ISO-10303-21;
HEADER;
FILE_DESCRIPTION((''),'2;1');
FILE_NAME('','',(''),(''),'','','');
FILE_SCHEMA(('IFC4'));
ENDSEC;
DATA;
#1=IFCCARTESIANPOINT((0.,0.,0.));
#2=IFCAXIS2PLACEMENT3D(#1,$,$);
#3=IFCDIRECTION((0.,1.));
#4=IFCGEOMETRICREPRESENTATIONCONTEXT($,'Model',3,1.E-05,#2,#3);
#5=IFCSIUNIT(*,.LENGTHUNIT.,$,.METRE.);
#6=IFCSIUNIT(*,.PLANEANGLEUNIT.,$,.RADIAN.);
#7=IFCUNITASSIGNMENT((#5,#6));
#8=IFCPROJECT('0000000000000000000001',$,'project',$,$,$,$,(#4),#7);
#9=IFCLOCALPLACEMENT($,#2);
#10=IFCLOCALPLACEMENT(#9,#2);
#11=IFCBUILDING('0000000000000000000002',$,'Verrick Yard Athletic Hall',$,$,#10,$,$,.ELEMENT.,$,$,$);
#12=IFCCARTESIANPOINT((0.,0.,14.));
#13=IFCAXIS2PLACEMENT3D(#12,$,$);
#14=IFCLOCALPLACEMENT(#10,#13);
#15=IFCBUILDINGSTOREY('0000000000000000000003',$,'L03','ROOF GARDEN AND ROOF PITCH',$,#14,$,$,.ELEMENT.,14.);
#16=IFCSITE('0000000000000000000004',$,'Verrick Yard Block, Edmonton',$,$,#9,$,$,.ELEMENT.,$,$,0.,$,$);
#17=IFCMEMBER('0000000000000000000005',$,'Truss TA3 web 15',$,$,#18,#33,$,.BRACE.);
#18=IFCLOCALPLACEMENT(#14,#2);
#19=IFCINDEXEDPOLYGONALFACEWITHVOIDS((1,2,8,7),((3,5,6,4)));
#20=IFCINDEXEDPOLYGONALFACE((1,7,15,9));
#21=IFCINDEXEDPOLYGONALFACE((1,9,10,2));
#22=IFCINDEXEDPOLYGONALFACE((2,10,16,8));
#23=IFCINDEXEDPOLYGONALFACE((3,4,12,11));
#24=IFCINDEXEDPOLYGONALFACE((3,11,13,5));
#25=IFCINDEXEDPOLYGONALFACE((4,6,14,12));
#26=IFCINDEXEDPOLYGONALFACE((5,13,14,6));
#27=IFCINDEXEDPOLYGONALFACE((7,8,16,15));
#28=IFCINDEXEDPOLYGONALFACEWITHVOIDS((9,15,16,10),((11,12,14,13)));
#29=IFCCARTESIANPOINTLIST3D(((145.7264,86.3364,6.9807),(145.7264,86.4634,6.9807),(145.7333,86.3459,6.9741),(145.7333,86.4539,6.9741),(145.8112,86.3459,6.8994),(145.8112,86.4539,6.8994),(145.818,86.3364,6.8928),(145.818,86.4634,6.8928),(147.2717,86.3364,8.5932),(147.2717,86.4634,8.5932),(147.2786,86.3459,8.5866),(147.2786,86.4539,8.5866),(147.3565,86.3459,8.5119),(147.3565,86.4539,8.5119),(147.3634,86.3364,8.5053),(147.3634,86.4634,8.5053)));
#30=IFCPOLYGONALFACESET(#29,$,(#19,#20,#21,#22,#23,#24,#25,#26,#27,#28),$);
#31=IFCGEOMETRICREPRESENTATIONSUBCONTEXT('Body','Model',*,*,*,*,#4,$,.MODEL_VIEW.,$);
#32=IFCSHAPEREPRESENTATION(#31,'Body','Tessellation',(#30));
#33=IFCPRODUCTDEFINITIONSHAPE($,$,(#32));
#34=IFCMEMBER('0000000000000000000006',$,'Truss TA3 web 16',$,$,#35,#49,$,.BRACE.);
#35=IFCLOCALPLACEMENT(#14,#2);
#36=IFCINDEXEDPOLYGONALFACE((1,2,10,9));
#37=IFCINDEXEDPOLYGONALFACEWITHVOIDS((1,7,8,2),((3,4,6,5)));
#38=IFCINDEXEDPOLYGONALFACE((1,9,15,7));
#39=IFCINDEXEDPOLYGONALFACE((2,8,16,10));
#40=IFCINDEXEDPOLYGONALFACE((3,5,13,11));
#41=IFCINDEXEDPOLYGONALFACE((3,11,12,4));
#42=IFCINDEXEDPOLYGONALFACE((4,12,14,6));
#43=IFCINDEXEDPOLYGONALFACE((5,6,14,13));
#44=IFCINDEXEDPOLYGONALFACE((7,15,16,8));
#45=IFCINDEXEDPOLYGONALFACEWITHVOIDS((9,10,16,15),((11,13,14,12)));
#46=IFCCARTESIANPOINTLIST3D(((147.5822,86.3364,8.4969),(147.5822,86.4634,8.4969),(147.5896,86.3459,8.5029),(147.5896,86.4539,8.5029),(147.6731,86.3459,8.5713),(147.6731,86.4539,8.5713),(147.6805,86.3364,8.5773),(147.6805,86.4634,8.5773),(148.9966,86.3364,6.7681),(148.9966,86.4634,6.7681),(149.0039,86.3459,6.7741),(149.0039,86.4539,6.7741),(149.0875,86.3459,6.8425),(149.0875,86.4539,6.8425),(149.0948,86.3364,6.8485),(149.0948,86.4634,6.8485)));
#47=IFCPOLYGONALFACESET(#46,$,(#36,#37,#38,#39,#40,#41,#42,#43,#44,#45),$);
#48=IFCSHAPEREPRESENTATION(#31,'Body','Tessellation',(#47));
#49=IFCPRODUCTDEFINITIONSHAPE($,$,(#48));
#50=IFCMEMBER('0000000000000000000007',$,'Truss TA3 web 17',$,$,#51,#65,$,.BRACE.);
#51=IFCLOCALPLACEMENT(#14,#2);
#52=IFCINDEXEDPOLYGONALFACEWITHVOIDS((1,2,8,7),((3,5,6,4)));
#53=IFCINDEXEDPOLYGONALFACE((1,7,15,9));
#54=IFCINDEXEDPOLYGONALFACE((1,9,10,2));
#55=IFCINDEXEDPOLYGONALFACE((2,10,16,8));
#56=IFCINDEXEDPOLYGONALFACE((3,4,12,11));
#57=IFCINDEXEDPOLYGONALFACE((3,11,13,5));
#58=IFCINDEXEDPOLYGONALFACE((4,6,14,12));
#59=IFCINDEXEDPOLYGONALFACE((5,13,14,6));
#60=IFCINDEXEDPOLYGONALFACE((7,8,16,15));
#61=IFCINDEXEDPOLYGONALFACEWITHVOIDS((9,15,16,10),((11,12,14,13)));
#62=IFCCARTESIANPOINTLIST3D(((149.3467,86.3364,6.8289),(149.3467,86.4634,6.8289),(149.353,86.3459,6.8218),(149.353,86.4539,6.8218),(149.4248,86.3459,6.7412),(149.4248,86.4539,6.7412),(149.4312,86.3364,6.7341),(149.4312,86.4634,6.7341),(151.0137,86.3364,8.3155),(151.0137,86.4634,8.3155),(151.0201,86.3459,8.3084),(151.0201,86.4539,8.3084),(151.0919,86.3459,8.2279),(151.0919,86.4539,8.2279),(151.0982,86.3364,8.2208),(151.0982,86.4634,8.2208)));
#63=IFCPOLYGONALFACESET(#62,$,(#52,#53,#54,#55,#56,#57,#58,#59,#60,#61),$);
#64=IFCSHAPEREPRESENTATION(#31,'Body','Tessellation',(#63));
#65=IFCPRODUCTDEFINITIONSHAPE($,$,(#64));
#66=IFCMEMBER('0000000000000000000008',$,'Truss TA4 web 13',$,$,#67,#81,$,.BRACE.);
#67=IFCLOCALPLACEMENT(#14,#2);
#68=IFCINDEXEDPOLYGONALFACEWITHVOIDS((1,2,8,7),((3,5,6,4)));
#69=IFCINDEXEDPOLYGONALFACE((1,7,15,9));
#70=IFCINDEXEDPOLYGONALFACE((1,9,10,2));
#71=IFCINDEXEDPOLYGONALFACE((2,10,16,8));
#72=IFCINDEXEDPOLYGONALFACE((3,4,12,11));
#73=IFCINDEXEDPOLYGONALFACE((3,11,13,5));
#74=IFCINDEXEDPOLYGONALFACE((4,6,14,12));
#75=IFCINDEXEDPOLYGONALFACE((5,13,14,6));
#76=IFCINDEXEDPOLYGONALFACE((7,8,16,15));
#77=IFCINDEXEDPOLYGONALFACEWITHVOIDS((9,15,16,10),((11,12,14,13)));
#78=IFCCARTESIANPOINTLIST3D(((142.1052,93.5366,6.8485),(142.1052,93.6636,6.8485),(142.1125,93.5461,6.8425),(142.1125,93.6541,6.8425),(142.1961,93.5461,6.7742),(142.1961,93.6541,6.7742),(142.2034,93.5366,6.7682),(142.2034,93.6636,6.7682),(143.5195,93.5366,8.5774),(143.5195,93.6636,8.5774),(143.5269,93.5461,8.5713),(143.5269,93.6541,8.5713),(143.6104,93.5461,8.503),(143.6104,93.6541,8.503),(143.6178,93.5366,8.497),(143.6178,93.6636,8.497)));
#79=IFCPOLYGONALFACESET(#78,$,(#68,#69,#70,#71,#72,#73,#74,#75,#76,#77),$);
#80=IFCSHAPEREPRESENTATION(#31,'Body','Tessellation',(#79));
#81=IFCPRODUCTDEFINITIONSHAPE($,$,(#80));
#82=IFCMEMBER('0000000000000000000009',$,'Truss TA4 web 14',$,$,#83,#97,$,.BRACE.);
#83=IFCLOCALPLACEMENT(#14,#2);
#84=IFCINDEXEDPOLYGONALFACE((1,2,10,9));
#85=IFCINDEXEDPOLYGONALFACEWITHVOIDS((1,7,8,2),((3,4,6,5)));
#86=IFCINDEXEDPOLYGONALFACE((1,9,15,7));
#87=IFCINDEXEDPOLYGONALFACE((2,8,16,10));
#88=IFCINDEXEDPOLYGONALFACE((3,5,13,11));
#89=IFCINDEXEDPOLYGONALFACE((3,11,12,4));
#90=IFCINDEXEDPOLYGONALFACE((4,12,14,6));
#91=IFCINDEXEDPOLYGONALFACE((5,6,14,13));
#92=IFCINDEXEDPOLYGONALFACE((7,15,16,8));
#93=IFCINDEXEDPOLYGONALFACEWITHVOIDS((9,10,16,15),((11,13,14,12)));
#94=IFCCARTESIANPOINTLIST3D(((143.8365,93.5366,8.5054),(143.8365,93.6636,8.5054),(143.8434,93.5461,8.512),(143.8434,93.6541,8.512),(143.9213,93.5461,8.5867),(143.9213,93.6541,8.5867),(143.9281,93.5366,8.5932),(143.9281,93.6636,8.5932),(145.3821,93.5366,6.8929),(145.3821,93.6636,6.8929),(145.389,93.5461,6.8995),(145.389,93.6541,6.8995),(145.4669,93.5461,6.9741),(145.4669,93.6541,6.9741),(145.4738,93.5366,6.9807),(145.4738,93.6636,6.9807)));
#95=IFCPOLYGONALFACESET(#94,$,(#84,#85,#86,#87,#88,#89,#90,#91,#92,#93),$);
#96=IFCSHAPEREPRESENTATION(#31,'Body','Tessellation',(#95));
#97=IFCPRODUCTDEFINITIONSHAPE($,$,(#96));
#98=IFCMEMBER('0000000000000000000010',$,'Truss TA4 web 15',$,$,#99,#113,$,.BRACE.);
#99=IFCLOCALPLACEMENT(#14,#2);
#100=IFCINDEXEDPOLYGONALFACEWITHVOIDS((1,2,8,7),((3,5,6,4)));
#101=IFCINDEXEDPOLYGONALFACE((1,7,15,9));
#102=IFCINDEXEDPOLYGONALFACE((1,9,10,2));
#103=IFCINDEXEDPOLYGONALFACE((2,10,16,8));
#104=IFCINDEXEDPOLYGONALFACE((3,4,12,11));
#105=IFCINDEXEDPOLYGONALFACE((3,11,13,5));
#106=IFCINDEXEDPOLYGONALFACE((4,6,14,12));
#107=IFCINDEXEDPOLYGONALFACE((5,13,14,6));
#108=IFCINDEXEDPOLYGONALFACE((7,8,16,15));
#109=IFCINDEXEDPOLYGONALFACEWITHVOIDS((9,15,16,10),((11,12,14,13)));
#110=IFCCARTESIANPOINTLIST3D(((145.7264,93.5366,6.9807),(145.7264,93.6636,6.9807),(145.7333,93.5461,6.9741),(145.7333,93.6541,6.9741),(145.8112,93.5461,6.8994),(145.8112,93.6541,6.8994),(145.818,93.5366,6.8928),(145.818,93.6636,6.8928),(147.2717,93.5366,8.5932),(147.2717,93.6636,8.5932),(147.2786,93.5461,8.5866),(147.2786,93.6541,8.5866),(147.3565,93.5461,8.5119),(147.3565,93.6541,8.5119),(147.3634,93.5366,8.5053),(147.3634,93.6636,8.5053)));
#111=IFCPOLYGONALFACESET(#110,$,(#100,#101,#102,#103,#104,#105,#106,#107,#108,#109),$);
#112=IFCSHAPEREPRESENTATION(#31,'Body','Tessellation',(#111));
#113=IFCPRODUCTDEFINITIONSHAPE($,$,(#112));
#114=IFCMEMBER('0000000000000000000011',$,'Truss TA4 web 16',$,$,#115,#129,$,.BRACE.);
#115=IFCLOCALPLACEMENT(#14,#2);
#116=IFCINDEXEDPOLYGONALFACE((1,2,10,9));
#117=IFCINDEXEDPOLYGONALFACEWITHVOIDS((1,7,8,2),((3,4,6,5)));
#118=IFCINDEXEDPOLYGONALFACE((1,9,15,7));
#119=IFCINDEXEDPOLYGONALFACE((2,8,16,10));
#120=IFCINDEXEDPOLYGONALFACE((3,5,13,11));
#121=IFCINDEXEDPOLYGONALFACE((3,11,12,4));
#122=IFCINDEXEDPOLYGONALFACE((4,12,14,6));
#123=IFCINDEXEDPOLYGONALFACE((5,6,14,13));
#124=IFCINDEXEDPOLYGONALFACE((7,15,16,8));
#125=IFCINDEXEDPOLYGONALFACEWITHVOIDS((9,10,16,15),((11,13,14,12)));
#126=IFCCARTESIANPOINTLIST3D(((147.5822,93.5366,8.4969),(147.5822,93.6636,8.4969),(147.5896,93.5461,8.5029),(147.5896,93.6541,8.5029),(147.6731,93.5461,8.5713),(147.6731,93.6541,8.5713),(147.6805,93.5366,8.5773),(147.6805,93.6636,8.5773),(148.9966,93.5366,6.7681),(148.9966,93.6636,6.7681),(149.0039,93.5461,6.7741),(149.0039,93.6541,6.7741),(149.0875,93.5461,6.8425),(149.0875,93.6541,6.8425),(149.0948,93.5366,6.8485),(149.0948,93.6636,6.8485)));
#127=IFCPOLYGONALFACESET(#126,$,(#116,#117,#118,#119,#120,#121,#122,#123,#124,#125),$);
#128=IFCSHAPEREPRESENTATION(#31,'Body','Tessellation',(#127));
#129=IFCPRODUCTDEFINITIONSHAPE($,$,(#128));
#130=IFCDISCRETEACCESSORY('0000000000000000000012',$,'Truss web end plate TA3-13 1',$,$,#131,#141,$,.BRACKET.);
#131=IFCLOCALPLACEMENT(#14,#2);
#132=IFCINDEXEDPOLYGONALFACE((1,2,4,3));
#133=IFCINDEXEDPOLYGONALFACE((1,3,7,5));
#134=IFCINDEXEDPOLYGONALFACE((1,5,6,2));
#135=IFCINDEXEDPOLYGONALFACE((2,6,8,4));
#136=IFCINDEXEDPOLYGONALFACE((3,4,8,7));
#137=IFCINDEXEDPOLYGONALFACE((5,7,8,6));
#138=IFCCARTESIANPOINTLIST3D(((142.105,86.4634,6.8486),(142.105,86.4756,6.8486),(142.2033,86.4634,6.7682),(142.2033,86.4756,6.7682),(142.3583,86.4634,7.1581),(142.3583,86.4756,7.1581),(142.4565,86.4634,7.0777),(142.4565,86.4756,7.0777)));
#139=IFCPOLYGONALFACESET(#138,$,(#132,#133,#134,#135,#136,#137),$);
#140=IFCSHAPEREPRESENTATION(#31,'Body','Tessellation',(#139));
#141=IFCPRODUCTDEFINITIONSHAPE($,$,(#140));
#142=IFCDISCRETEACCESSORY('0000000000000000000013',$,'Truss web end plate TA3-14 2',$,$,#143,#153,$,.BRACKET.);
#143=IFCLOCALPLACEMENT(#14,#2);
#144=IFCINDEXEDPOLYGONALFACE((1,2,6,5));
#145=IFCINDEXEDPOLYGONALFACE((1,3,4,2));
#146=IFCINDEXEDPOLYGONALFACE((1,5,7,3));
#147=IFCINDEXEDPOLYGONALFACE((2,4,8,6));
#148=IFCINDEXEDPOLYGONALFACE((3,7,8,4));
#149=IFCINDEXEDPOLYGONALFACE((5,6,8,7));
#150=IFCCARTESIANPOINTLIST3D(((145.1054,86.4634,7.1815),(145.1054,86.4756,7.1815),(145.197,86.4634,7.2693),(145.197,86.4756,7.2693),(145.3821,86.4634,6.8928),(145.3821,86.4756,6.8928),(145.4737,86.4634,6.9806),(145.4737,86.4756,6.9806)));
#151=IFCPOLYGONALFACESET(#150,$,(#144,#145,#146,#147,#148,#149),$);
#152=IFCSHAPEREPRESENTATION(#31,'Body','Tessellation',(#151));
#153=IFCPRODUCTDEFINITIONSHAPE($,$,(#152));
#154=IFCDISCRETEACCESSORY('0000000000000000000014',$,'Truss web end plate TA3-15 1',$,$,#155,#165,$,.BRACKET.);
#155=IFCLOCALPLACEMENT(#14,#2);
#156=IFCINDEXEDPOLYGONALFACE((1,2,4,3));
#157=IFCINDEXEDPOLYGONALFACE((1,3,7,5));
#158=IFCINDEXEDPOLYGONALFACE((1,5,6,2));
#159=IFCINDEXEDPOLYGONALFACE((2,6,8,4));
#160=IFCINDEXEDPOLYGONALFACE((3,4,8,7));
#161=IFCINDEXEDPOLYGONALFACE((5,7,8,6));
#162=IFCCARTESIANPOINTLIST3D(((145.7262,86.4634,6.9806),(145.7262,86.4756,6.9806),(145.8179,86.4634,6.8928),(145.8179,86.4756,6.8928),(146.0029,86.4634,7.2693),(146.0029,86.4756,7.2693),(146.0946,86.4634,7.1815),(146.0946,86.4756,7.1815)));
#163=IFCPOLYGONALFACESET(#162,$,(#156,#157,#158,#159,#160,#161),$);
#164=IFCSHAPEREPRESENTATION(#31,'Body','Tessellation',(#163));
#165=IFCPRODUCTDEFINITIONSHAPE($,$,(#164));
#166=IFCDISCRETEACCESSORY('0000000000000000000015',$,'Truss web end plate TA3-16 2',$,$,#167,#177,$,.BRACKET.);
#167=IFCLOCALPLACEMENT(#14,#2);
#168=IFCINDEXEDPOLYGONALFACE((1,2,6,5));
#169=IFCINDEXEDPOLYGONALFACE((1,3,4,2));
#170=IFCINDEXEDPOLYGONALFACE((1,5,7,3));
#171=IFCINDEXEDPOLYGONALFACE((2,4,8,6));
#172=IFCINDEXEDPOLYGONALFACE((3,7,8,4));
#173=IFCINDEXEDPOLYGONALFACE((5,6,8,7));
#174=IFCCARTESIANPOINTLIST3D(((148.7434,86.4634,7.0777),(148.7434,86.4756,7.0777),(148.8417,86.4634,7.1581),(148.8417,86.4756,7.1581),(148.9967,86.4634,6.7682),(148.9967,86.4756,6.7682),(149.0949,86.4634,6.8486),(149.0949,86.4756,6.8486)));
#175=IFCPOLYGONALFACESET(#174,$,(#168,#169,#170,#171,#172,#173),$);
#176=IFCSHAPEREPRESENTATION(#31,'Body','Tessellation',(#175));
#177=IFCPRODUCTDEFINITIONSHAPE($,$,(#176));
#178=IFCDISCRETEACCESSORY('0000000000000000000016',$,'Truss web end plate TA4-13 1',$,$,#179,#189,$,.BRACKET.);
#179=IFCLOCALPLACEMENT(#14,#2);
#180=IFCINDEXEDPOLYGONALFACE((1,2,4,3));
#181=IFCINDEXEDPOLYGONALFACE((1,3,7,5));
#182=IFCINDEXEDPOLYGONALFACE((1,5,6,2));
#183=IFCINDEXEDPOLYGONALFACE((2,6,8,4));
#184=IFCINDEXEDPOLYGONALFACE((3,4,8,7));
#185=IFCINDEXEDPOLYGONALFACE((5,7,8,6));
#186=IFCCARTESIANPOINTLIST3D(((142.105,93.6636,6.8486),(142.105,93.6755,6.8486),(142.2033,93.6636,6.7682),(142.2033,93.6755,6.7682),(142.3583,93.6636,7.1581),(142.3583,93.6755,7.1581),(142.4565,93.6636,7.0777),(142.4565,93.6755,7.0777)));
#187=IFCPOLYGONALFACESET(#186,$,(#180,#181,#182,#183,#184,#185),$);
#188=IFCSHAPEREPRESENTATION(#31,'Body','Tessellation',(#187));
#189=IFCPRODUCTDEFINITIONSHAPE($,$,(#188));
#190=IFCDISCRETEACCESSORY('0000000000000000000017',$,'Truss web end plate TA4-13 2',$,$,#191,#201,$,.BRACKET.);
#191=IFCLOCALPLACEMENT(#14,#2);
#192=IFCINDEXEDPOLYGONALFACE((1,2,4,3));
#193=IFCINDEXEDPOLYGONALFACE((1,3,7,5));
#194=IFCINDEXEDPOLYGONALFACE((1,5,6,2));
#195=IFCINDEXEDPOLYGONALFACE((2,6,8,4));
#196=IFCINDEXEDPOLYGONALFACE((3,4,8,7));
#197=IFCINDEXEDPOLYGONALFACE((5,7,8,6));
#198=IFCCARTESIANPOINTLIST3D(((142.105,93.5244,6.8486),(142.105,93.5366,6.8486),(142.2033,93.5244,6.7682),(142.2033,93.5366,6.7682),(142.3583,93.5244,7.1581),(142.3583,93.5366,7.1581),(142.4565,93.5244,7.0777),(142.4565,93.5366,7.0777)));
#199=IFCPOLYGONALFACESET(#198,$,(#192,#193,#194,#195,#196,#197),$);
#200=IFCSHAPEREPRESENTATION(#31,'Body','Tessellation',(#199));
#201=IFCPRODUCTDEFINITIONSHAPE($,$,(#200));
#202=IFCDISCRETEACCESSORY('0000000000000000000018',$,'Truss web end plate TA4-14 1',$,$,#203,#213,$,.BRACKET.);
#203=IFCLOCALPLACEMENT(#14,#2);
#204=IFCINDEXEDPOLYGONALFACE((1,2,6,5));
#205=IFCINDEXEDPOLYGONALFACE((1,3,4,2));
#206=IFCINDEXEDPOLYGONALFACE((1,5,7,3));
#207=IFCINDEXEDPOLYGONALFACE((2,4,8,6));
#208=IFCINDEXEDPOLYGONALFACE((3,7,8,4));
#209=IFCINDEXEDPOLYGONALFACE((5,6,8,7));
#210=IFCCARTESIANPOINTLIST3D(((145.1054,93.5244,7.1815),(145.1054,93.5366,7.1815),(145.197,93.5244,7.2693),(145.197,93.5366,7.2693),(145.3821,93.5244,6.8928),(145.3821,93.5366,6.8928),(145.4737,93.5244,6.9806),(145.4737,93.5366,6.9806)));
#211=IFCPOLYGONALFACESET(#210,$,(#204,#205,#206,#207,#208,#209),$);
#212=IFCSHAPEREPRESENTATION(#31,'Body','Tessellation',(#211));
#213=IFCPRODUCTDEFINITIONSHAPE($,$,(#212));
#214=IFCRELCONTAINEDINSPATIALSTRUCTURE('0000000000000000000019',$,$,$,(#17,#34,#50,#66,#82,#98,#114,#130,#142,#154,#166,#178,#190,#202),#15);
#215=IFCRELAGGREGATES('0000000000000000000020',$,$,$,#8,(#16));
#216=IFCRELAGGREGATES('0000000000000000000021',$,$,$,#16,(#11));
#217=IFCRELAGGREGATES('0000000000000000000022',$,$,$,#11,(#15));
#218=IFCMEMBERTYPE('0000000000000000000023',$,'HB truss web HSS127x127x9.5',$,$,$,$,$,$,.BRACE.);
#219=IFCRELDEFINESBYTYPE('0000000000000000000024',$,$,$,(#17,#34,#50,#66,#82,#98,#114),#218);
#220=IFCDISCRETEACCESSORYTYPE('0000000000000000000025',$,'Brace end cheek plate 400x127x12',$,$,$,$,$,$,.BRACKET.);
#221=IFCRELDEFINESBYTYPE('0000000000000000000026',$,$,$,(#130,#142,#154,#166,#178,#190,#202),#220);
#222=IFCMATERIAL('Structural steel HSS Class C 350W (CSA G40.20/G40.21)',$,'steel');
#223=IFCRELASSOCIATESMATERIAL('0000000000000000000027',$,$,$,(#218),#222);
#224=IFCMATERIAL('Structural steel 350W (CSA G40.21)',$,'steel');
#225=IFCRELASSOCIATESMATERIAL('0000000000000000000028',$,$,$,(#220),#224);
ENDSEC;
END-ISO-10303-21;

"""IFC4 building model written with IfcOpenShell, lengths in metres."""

from ifc_helpers import new_model, si_unit, direction, frame, origin, origin_2d, place, context, subcontext, project, spatial, rectangle, hollow_rectangle, extrude, material, material_profile, profile_set, type_object, element, save


model = new_model("IFC4")

# Units and contexts
model_context = context("Model", 3, precision=1e-05, world=origin(), true_north=direction((0.0, 1.0)))
body_context = subcontext(model_context, "Body", "Model", "MODEL_VIEW")
ifc_project = project(units=[si_unit("LENGTHUNIT", "METRE"), si_unit("PLANEANGLEUNIT", "RADIAN")], contexts=[model_context])

# Site, building, storey
site_placement = place(None, origin())
site = spatial("IfcSite", under=ifc_project, at=site_placement, Name="Verrick Yard Block, Edmonton", CompositionType="ELEMENT", RefElevation=0.0)
building_placement = place(site_placement, origin())
building = spatial("IfcBuilding", under=site, at=building_placement, Name="Verrick Yard Athletic Hall", CompositionType="ELEMENT")
storey_placement = place(building_placement, frame((0.0, 0.0, 14.0)))
storey = spatial("IfcBuildingStorey", under=building, at=storey_placement, Name="L03", Description="ROOF GARDEN AND ROOF PITCH", CompositionType="ELEMENT", Elevation=14.0)

# Members
ifc_material_1 = material(Name="Structural steel HSS Class C 350W (CSA G40.20/G40.21)", Category="steel")
ifc_material_profile_1 = material_profile(ifc_material_1, hollow_rectangle(XDim=0.127, YDim=0.127, WallThickness=0.0095, at=origin_2d()), Name="HSS127x127x9.5")
ifc_profile_set_1 = profile_set([ifc_material_profile_1], Name="Structural steel HSS Class C 350W (CSA G40.20/G40.21)")
member_type_1 = type_object("IfcMemberType", Name="HB truss web HSS127x127x9.5", PredefinedType="BRACE", material=ifc_profile_set_1)
member_1_placement = place(storey_placement, frame((145.7722, 86.3999, 6.9368), z_axis=(0.691917, 0.0, 0.721977), x_axis=(0.0, 1.0, 0.0)))
element("IfcMember", 1, at=member_1_placement, inside=storey, type_object=member_type_1, Name="Truss TA3 web 15", PredefinedType="BRACE", context=body_context, shape_type="SweptSolid", body=[
    extrude(hollow_rectangle(XDim=0.127, YDim=0.127, WallThickness=0.0095, at=origin_2d()), origin(), (0.0, 0.0, 1.0), 2.2334),
])
for number, where, z_axis, x_axis, name in (
    (2, (147.6313, 86.3999, 8.5371), (0.633202, 0.0, -0.773987), (0.0, 1.0, 0.0), "Truss TA3 web 16"),
    (3, (149.3889, 86.3999, 6.7815), (0.746341, 0.0, 0.665564), (0.0, 1.0, 0.0), "Truss TA3 web 17"),
    (4, (142.1543, 93.6001, 6.8083), (0.633202, 0.0, 0.773987), (0.0, 1.0, 0.0), "Truss TA4 web 13"),
    (5, (143.8823, 93.6001, 8.5493), (0.691974, 0.0, -0.721922), (0.0, 1.0, 0.0), "Truss TA4 web 14"),
):
    element("IfcMember", number, at=place(storey_placement, frame(where, z_axis=z_axis, x_axis=x_axis)), inside=storey, type_object=member_type_1, Name=name, PredefinedType="BRACE", context=body_context, shape_type="SweptSolid", body=[
        extrude(hollow_rectangle(XDim=0.127, YDim=0.127, WallThickness=0.0095, at=origin_2d()), origin(), (0.0, 0.0, 1.0), 2.2336),
    ])
member_2_placement = place(storey_placement, frame((145.7722, 93.6001, 6.9368), z_axis=(0.691917, 0.0, 0.721977), x_axis=(0.0, 1.0, 0.0)))
element("IfcMember", 6, at=member_2_placement, inside=storey, type_object=member_type_1, Name="Truss TA4 web 15", PredefinedType="BRACE", context=body_context, shape_type="SweptSolid", body=[
    extrude(hollow_rectangle(XDim=0.127, YDim=0.127, WallThickness=0.0095, at=origin_2d()), origin(), (0.0, 0.0, 1.0), 2.2334),
])
member_3_placement = place(storey_placement, frame((147.6313, 93.6001, 8.5371), z_axis=(0.633202, 0.0, -0.773987), x_axis=(0.0, 1.0, 0.0)))
element("IfcMember", 7, at=member_3_placement, inside=storey, type_object=member_type_1, Name="Truss TA4 web 16", PredefinedType="BRACE", context=body_context, shape_type="SweptSolid", body=[
    extrude(hollow_rectangle(XDim=0.127, YDim=0.127, WallThickness=0.0095, at=origin_2d()), origin(), (0.0, 0.0, 1.0), 2.2336),
])

# Discrete accessories
ifc_material_2 = material(Name="Structural steel 350W (CSA G40.21)", Category="steel")
ifc_material_profile_2 = material_profile(ifc_material_2, rectangle(XDim=0.3999, YDim=0.127, at=origin_2d()), Name="Brace end cheek plate")
ifc_profile_set_2 = profile_set([ifc_material_profile_2], Name="Structural steel 350W (CSA G40.21)")
discrete_accessory_type = type_object("IfcDiscreteAccessoryType", Name="Brace end cheek plate 400x127x12", PredefinedType="BRACKET", material=ifc_profile_set_2)
for number, where, z_axis, x_axis, name in (
    (8, (142.2808, 86.4634, 6.9631), (0.0, 1.0, 0.0), (0.633246, 0.0, 0.773951), "Truss web end plate TA3-13 1"),
    (9, (145.2896, 86.4634, 7.0811), (0.0, 1.0, 0.0), (-0.691925, 0.0, 0.721969), "Truss web end plate TA3-14 2"),
    (10, (145.9104, 86.4634, 7.0811), (0.0, 1.0, 0.0), (0.691925, 0.0, 0.721969), "Truss web end plate TA3-15 1"),
    (11, (148.9192, 86.4634, 6.9631), (0.0, 1.0, 0.0), (-0.633246, 0.0, 0.773951), "Truss web end plate TA3-16 2"),
):
    element("IfcDiscreteAccessory", number, at=place(storey_placement, frame(where, z_axis=z_axis, x_axis=x_axis)), inside=storey, type_object=discrete_accessory_type, Name=name, PredefinedType="BRACKET", context=body_context, shape_type="SweptSolid", body=[
        extrude(rectangle(XDim=0.3999, YDim=0.127, at=origin_2d()), origin(), (0.0, 0.0, 1.0), 0.0122),
    ])
discrete_accessory_placement = place(storey_placement, frame((142.2808, 93.6636, 6.9631), z_axis=(0.0, 1.0, 0.0), x_axis=(0.633246, 0.0, 0.773951)))
element("IfcDiscreteAccessory", 12, at=discrete_accessory_placement, inside=storey, type_object=discrete_accessory_type, Name="Truss web end plate TA4-13 1", PredefinedType="BRACKET", context=body_context, shape_type="SweptSolid", body=[
    extrude(rectangle(XDim=0.3999, YDim=0.127, at=origin_2d()), origin(), (0.0, 0.0, 1.0), 0.012),
])
for number, where, z_axis, x_axis, name in (
    (13, (142.2808, 93.5366, 6.9631), (0.0, -1.0, 0.0), (0.633246, 0.0, 0.773951), "Truss web end plate TA4-13 2"),
    (14, (145.2896, 93.5366, 7.0811), (0.0, -1.0, 0.0), (-0.691925, 0.0, 0.721969), "Truss web end plate TA4-14 1"),
):
    element("IfcDiscreteAccessory", number, at=place(storey_placement, frame(where, z_axis=z_axis, x_axis=x_axis)), inside=storey, type_object=discrete_accessory_type, Name=name, PredefinedType="BRACKET", context=body_context, shape_type="SweptSolid", body=[
        extrude(rectangle(XDim=0.3999, YDim=0.127, at=origin_2d()), origin(), (0.0, 0.0, 1.0), 0.0122),
    ])

save(model, "model.ifc")
